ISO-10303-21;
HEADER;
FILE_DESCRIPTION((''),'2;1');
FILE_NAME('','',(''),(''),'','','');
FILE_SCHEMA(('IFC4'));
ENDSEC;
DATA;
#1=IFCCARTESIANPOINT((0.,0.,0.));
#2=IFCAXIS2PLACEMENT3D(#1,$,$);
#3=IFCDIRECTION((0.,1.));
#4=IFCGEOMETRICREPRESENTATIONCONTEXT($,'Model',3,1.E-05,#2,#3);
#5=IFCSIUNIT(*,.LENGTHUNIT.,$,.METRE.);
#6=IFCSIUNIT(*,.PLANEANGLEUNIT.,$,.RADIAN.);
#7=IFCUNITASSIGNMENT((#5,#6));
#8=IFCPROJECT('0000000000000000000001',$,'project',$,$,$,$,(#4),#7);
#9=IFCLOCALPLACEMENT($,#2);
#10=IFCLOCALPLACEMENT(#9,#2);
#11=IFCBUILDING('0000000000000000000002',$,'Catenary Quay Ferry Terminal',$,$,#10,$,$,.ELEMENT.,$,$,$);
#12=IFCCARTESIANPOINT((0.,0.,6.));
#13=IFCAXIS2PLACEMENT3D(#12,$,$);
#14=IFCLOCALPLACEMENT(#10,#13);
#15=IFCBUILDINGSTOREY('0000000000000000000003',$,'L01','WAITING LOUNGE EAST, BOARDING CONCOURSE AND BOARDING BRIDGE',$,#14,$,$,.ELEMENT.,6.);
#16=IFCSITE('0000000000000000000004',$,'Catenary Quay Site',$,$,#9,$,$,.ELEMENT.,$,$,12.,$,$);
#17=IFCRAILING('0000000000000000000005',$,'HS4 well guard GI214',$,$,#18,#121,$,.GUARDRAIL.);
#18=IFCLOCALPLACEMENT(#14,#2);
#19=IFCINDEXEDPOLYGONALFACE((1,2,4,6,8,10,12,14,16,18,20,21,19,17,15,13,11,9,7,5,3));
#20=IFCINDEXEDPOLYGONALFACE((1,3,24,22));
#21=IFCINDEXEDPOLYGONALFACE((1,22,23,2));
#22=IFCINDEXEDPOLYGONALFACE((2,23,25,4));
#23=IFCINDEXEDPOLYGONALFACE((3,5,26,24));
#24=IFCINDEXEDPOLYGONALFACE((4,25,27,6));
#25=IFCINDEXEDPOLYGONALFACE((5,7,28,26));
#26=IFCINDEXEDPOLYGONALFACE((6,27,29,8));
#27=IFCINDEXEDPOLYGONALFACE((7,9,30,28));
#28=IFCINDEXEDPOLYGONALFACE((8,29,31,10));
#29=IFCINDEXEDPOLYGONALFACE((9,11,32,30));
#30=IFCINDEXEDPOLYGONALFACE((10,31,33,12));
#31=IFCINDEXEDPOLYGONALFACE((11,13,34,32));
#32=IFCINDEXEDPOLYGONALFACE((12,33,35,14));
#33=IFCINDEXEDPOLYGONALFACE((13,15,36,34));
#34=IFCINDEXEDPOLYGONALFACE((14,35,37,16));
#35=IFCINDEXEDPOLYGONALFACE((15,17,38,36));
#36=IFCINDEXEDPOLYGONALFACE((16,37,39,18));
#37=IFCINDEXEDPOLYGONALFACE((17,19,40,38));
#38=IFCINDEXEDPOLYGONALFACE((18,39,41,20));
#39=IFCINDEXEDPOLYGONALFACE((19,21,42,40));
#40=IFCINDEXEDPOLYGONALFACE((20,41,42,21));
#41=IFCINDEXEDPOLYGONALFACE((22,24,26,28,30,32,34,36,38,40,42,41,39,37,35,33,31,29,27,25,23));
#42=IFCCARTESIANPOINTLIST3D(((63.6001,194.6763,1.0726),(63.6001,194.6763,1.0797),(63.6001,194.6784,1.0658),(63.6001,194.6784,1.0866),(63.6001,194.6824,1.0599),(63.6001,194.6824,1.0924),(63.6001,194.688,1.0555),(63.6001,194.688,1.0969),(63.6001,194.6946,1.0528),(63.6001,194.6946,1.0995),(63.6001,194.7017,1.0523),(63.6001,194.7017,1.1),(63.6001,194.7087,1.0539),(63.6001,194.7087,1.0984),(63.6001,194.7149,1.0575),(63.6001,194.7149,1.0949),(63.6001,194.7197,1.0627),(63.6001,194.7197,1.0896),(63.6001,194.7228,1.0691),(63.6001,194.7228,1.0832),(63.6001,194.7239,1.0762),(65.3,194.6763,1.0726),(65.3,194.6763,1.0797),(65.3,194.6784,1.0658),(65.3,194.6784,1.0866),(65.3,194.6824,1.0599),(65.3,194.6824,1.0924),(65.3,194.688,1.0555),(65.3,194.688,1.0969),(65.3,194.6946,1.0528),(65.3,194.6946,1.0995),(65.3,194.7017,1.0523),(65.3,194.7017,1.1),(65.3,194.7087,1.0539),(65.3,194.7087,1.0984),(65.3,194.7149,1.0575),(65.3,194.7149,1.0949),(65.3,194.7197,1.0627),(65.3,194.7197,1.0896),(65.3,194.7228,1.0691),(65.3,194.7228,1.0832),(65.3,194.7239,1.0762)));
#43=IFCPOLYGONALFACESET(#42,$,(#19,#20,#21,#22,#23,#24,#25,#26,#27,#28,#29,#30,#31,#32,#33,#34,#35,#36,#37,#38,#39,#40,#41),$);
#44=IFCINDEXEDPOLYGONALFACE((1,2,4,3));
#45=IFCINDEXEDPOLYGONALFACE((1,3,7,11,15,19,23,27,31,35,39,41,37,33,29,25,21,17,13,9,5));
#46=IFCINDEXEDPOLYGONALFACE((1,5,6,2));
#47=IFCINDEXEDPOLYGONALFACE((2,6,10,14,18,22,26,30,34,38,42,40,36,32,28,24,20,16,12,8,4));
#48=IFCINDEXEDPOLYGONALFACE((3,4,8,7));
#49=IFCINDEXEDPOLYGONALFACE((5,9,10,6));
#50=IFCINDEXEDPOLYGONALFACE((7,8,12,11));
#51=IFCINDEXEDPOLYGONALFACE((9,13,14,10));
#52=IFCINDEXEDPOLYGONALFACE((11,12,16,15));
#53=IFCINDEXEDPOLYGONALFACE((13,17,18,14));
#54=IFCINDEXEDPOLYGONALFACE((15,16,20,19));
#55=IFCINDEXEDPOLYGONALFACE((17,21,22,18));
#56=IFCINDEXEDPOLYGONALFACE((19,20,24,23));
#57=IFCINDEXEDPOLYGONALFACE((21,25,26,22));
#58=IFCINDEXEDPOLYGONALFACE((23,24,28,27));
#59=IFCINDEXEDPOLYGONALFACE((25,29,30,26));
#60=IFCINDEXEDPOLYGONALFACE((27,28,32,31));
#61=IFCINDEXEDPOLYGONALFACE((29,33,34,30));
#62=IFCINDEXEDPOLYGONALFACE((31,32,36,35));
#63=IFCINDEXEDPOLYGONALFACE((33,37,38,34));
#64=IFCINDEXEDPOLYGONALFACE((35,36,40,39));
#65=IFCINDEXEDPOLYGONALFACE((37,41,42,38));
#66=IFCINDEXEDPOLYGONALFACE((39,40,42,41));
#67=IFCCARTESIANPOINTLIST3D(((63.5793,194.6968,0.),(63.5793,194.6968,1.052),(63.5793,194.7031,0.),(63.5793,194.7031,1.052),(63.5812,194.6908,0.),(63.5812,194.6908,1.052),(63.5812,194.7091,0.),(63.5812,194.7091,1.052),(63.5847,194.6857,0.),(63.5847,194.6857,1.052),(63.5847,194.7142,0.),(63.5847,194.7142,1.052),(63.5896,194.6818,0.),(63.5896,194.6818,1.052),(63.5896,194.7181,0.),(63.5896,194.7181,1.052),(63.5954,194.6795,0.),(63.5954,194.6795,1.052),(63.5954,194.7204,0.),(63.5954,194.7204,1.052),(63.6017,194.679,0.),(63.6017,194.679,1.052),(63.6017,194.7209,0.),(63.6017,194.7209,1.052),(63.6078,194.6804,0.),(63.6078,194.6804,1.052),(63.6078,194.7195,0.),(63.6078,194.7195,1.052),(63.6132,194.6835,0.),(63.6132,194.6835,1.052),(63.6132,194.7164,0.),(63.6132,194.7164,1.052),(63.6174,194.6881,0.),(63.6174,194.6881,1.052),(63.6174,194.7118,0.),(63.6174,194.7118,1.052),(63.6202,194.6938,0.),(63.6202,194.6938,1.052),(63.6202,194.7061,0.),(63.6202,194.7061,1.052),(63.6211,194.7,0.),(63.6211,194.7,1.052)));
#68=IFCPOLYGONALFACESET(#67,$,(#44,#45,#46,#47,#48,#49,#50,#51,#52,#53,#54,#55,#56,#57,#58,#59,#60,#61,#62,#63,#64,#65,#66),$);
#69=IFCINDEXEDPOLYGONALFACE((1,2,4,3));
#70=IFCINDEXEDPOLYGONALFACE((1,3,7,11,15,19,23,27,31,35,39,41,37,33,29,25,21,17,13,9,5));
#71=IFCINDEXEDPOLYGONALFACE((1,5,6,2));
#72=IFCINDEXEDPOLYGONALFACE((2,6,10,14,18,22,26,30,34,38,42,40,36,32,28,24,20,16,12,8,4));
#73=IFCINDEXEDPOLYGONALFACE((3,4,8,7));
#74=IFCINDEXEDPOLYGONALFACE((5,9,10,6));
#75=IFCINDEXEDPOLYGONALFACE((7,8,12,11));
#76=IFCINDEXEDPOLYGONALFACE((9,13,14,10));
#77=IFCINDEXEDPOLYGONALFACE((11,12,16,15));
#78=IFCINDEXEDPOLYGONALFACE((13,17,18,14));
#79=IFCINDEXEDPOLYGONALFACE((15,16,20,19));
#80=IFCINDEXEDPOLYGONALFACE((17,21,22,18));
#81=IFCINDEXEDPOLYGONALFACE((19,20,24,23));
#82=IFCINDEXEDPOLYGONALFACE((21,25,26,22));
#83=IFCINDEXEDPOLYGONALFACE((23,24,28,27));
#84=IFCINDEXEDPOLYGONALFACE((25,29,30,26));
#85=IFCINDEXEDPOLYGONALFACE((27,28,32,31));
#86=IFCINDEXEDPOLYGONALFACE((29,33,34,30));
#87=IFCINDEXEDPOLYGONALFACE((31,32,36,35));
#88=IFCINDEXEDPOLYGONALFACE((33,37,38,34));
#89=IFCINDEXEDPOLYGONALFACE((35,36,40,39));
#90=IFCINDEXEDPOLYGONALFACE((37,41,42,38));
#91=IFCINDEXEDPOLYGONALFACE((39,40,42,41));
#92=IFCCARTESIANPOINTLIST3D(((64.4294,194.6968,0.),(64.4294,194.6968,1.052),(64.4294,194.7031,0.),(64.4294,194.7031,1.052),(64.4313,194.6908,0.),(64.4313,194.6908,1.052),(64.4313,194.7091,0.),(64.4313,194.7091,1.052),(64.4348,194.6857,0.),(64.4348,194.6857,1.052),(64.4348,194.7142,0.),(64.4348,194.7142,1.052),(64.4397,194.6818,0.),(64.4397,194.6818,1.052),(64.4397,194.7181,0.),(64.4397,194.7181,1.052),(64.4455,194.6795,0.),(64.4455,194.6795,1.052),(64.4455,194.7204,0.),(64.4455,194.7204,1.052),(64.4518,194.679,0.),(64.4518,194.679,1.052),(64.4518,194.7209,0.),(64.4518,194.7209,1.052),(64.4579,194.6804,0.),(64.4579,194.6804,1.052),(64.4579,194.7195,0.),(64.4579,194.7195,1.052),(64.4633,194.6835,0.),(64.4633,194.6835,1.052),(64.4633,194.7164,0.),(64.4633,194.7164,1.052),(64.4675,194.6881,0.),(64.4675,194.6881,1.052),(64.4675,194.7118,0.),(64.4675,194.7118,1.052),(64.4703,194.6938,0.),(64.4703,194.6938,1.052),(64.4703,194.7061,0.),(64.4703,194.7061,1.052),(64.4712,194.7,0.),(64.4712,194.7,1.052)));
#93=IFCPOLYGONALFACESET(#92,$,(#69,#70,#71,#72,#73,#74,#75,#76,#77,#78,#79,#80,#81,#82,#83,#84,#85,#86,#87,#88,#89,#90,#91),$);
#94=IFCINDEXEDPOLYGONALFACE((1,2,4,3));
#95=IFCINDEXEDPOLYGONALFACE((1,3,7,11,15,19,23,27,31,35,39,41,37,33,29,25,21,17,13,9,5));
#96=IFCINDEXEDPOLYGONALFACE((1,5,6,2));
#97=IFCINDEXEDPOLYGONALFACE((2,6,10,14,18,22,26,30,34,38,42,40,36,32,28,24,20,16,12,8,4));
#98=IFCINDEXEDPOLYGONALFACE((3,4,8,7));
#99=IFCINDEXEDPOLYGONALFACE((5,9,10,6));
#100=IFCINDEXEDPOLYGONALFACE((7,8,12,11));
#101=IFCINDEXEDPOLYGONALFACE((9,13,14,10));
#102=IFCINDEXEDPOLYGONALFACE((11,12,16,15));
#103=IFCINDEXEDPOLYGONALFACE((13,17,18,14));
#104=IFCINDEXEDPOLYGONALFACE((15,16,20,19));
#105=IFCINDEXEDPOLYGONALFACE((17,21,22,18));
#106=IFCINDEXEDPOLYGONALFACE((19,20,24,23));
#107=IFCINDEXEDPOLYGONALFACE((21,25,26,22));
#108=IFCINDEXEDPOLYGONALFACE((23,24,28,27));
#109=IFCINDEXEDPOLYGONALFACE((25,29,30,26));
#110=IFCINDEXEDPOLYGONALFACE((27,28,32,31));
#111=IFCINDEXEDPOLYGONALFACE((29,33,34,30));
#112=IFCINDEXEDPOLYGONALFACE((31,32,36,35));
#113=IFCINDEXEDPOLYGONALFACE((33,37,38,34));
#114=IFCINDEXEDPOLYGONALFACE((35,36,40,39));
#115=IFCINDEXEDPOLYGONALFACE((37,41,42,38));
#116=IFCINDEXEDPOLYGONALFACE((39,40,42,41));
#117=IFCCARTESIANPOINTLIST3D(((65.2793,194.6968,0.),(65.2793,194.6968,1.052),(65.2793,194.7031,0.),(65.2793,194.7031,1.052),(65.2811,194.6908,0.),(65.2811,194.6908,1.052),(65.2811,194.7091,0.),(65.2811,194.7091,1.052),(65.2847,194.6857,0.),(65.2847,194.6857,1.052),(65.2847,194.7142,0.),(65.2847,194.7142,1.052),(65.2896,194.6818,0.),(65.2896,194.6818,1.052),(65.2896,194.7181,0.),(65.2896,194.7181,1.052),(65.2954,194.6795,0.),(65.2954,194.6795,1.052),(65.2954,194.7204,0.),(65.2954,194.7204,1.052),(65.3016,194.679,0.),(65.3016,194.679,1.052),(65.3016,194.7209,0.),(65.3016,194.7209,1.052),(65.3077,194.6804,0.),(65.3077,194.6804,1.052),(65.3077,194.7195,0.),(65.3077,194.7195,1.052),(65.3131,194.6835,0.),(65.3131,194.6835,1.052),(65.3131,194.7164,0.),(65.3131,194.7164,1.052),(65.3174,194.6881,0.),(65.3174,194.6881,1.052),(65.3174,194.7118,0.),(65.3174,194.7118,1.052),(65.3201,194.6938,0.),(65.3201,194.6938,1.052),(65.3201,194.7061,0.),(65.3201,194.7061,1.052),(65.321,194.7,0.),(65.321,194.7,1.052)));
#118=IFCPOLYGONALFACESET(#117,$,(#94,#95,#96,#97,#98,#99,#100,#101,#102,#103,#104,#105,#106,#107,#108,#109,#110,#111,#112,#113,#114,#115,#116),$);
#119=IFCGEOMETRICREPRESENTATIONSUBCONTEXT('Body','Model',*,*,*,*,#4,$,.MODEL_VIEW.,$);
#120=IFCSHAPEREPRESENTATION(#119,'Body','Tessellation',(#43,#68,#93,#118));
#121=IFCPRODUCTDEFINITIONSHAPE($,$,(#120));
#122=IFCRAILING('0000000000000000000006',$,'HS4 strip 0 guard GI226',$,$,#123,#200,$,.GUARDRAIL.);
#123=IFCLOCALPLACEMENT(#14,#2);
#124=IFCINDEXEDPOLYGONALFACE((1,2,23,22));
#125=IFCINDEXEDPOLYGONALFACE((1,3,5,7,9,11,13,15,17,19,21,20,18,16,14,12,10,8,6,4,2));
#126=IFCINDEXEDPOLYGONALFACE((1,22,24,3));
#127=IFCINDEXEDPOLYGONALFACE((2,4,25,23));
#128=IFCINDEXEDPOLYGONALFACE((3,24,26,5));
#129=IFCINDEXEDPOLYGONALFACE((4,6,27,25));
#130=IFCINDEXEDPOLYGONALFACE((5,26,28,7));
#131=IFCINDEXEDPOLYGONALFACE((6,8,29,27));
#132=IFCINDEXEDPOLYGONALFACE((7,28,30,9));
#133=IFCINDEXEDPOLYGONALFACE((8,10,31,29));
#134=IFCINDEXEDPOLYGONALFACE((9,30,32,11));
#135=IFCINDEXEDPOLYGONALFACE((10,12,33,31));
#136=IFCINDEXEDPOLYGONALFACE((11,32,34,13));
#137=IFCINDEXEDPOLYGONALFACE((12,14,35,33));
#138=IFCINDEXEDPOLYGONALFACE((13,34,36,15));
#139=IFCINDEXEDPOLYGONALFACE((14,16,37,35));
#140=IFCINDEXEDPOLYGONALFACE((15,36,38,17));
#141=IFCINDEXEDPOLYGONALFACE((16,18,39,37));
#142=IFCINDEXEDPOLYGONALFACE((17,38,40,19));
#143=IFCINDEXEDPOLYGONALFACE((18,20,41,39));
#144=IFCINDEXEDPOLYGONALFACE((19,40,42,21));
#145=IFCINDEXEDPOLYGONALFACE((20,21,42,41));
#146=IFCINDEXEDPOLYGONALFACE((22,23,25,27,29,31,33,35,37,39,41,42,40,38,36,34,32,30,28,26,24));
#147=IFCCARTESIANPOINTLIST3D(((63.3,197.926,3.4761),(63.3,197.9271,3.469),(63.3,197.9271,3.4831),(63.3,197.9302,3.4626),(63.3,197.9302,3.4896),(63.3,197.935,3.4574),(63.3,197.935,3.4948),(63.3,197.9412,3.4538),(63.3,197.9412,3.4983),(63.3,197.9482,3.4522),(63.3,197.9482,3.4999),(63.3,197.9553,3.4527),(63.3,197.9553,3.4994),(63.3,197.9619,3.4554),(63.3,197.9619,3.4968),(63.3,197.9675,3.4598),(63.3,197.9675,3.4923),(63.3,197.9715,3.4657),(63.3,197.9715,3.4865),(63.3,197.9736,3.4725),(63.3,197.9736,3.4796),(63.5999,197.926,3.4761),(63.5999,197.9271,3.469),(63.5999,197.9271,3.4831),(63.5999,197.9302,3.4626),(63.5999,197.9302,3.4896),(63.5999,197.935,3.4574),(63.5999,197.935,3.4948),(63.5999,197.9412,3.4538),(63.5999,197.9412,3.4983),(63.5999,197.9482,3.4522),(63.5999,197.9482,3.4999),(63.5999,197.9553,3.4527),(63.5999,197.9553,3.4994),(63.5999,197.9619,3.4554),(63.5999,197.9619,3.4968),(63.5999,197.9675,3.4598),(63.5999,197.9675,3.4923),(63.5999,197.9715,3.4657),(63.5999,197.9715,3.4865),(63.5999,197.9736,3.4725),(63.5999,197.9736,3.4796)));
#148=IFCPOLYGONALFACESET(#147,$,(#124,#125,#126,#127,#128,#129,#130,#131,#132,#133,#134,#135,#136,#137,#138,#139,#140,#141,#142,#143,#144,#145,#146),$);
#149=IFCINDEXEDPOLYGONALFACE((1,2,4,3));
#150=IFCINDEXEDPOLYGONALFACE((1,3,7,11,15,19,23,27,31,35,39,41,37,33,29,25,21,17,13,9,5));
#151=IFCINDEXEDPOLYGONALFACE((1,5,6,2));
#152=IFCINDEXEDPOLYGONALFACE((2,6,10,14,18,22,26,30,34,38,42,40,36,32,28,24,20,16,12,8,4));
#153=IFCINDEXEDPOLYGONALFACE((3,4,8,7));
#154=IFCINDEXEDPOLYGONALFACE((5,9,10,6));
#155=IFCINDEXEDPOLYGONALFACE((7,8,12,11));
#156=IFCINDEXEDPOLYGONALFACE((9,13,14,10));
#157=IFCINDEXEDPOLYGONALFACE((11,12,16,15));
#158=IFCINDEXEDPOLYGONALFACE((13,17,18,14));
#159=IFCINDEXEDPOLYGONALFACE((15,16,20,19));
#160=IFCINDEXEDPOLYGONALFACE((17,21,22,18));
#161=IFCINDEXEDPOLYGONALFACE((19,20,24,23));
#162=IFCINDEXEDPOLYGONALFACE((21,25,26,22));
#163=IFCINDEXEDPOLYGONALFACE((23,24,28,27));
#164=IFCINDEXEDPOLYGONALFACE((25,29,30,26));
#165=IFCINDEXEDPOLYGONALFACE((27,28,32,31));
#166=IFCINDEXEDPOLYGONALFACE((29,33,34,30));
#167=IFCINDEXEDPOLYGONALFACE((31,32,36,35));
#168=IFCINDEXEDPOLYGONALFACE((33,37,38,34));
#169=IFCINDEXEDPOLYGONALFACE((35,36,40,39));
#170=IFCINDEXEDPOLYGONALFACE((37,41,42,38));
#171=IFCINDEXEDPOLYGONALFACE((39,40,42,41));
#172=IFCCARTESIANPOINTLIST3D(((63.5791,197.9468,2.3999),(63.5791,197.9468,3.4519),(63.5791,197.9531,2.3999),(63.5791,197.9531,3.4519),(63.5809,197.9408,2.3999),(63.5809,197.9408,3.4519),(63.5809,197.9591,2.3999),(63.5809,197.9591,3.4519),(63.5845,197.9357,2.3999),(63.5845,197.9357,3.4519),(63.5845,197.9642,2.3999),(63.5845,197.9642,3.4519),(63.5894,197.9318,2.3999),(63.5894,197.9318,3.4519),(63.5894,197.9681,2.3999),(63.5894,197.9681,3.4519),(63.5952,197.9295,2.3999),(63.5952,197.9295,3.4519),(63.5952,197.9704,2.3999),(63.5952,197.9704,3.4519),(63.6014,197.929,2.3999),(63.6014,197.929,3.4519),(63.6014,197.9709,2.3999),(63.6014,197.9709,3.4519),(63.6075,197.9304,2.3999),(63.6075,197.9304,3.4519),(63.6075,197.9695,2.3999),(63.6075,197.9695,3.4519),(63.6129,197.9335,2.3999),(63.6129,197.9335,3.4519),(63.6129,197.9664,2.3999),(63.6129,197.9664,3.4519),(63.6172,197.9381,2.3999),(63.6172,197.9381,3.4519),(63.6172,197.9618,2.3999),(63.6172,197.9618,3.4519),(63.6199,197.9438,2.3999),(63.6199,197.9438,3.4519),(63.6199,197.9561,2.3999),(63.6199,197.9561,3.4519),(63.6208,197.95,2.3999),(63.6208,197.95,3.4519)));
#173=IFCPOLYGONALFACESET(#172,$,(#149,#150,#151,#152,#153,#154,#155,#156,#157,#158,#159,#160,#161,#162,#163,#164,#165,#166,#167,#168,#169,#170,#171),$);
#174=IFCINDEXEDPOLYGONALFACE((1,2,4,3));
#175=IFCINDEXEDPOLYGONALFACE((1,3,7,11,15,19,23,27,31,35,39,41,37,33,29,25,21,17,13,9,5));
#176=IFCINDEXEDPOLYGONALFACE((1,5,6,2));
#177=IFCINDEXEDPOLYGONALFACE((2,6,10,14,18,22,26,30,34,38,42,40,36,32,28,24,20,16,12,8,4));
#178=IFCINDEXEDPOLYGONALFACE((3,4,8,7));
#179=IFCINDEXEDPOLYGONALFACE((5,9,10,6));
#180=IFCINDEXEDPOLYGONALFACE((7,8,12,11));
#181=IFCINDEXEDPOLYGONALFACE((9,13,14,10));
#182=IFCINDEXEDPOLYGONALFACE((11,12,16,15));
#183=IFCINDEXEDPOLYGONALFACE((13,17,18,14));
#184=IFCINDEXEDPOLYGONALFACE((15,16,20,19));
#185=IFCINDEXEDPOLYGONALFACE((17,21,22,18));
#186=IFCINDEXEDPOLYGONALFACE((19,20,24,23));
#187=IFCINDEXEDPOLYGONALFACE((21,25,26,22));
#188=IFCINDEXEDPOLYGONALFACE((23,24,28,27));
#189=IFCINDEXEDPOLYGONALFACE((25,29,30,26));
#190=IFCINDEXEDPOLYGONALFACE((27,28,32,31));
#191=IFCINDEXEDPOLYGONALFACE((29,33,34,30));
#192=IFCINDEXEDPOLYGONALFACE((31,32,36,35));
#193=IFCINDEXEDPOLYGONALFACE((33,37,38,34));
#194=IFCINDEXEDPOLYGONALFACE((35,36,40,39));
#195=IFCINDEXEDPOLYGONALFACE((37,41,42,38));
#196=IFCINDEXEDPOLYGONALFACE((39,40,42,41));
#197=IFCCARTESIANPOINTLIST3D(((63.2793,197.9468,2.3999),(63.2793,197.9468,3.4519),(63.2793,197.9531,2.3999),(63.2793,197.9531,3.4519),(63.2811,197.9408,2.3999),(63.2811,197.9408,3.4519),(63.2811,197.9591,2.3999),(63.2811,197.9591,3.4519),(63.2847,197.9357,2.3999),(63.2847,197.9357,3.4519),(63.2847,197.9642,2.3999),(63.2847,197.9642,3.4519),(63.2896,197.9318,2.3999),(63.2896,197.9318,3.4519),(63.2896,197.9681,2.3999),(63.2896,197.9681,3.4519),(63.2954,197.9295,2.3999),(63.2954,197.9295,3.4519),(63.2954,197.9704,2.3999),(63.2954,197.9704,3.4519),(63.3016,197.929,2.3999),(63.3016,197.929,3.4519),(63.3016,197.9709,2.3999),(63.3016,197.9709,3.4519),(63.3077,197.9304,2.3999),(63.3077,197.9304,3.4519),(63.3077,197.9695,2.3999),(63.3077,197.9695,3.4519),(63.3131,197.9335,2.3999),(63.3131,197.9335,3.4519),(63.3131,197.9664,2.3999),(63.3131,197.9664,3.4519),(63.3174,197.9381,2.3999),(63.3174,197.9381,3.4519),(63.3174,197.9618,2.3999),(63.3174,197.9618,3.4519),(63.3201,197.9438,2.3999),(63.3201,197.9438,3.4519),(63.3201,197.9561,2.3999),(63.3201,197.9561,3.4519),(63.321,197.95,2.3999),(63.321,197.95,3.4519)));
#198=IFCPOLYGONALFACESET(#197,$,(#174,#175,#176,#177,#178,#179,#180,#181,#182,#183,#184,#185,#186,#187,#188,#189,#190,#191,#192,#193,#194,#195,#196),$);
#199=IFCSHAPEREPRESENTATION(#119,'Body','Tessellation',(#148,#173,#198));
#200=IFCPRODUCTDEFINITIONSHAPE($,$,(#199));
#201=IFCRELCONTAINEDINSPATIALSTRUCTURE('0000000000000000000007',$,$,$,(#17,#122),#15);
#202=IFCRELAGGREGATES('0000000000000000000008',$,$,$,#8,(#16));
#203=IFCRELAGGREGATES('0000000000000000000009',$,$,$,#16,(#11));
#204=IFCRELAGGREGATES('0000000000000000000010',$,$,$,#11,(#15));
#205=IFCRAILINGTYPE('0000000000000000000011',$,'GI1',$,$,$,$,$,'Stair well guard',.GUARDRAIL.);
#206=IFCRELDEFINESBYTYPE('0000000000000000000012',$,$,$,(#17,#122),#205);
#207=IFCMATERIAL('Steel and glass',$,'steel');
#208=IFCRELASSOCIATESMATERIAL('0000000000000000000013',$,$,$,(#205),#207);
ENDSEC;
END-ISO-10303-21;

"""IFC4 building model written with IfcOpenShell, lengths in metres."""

from ifc_helpers import new_model, si_unit, direction, frame, origin, origin_2d, place, context, subcontext, project, spatial, circle, extrude, material, type_object, element, save


model = new_model("IFC4")

# Units and contexts
model_context = context("Model", 3, precision=1e-05, world=origin(), true_north=direction((0.0, 1.0)))
body_context = subcontext(model_context, "Body", "Model", "MODEL_VIEW")
ifc_project = project(units=[si_unit("LENGTHUNIT", "METRE"), si_unit("PLANEANGLEUNIT", "RADIAN")], contexts=[model_context])

# Site, building, storey
site_placement = place(None, origin())
site = spatial("IfcSite", under=ifc_project, at=site_placement, Name="Catenary Quay Site", CompositionType="ELEMENT", RefElevation=12.0)
building_placement = place(site_placement, origin())
building = spatial("IfcBuilding", under=site, at=building_placement, Name="Catenary Quay Ferry Terminal", CompositionType="ELEMENT")
storey_placement = place(building_placement, frame((0.0, 0.0, 6.0)))
storey = spatial("IfcBuildingStorey", under=building, at=storey_placement, Name="L01", Description="WAITING LOUNGE EAST, BOARDING CONCOURSE AND BOARDING BRIDGE", CompositionType="ELEMENT", Elevation=6.0)

# Railings
ifc_material_1 = material(Name="Steel and glass", Category="steel")
railing_type_1 = type_object("IfcRailingType", Name="GI1", ElementType="Stair well guard", PredefinedType="GUARDRAIL", material=ifc_material_1)
railing_1_placement = place(storey_placement, frame((63.6001, 194.7, 0.0)))
element("IfcRailing", 1, at=railing_1_placement, inside=storey, type_object=railing_type_1, Name="HS4 well guard GI214", PredefinedType="GUARDRAIL", context=body_context, shape_type="SweptSolid", body=[
    extrude(circle(Radius=0.0239, at=origin_2d()), frame((0.0, 0.0, 1.0762), z_axis=(1.0, 0.0, 0.0), x_axis=(0.0, 1.0, 0.0)), (0.0, 0.0, 1.0), 1.7),
    extrude(circle(Radius=0.021, at=origin_2d()), origin(), (0.0, 0.0, 1.0), 1.052),
    extrude(circle(Radius=0.021, at=origin_2d()), frame((0.8501, 0.0, 0.0)), (0.0, 0.0, 1.0), 1.052),
    extrude(circle(Radius=0.021, at=origin_2d()), frame((1.7, 0.0, 0.0)), (0.0, 0.0, 1.0), 1.052),
])
railing_2_placement = place(storey_placement, frame((63.5999, 197.95, 2.3999)))
element("IfcRailing", 2, at=railing_2_placement, inside=storey, type_object=railing_type_1, Name="HS4 strip 0 guard GI226", PredefinedType="GUARDRAIL", context=body_context, shape_type="SweptSolid", body=[
    extrude(circle(Radius=0.0239, at=origin_2d()), frame((0.0, 0.0, 1.0762), z_axis=(-1.0, 0.0, 0.0), x_axis=(0.0, -1.0, 0.0)), (0.0, 0.0, 1.0), 0.2998),
    extrude(circle(Radius=0.021, at=origin_2d()), origin(), (0.0, 0.0, 1.0), 1.052),
    extrude(circle(Radius=0.021, at=origin_2d()), frame((-0.2998, 0.0, 0.0)), (0.0, 0.0, 1.0), 1.052),
])

save(model, "model.ifc")
